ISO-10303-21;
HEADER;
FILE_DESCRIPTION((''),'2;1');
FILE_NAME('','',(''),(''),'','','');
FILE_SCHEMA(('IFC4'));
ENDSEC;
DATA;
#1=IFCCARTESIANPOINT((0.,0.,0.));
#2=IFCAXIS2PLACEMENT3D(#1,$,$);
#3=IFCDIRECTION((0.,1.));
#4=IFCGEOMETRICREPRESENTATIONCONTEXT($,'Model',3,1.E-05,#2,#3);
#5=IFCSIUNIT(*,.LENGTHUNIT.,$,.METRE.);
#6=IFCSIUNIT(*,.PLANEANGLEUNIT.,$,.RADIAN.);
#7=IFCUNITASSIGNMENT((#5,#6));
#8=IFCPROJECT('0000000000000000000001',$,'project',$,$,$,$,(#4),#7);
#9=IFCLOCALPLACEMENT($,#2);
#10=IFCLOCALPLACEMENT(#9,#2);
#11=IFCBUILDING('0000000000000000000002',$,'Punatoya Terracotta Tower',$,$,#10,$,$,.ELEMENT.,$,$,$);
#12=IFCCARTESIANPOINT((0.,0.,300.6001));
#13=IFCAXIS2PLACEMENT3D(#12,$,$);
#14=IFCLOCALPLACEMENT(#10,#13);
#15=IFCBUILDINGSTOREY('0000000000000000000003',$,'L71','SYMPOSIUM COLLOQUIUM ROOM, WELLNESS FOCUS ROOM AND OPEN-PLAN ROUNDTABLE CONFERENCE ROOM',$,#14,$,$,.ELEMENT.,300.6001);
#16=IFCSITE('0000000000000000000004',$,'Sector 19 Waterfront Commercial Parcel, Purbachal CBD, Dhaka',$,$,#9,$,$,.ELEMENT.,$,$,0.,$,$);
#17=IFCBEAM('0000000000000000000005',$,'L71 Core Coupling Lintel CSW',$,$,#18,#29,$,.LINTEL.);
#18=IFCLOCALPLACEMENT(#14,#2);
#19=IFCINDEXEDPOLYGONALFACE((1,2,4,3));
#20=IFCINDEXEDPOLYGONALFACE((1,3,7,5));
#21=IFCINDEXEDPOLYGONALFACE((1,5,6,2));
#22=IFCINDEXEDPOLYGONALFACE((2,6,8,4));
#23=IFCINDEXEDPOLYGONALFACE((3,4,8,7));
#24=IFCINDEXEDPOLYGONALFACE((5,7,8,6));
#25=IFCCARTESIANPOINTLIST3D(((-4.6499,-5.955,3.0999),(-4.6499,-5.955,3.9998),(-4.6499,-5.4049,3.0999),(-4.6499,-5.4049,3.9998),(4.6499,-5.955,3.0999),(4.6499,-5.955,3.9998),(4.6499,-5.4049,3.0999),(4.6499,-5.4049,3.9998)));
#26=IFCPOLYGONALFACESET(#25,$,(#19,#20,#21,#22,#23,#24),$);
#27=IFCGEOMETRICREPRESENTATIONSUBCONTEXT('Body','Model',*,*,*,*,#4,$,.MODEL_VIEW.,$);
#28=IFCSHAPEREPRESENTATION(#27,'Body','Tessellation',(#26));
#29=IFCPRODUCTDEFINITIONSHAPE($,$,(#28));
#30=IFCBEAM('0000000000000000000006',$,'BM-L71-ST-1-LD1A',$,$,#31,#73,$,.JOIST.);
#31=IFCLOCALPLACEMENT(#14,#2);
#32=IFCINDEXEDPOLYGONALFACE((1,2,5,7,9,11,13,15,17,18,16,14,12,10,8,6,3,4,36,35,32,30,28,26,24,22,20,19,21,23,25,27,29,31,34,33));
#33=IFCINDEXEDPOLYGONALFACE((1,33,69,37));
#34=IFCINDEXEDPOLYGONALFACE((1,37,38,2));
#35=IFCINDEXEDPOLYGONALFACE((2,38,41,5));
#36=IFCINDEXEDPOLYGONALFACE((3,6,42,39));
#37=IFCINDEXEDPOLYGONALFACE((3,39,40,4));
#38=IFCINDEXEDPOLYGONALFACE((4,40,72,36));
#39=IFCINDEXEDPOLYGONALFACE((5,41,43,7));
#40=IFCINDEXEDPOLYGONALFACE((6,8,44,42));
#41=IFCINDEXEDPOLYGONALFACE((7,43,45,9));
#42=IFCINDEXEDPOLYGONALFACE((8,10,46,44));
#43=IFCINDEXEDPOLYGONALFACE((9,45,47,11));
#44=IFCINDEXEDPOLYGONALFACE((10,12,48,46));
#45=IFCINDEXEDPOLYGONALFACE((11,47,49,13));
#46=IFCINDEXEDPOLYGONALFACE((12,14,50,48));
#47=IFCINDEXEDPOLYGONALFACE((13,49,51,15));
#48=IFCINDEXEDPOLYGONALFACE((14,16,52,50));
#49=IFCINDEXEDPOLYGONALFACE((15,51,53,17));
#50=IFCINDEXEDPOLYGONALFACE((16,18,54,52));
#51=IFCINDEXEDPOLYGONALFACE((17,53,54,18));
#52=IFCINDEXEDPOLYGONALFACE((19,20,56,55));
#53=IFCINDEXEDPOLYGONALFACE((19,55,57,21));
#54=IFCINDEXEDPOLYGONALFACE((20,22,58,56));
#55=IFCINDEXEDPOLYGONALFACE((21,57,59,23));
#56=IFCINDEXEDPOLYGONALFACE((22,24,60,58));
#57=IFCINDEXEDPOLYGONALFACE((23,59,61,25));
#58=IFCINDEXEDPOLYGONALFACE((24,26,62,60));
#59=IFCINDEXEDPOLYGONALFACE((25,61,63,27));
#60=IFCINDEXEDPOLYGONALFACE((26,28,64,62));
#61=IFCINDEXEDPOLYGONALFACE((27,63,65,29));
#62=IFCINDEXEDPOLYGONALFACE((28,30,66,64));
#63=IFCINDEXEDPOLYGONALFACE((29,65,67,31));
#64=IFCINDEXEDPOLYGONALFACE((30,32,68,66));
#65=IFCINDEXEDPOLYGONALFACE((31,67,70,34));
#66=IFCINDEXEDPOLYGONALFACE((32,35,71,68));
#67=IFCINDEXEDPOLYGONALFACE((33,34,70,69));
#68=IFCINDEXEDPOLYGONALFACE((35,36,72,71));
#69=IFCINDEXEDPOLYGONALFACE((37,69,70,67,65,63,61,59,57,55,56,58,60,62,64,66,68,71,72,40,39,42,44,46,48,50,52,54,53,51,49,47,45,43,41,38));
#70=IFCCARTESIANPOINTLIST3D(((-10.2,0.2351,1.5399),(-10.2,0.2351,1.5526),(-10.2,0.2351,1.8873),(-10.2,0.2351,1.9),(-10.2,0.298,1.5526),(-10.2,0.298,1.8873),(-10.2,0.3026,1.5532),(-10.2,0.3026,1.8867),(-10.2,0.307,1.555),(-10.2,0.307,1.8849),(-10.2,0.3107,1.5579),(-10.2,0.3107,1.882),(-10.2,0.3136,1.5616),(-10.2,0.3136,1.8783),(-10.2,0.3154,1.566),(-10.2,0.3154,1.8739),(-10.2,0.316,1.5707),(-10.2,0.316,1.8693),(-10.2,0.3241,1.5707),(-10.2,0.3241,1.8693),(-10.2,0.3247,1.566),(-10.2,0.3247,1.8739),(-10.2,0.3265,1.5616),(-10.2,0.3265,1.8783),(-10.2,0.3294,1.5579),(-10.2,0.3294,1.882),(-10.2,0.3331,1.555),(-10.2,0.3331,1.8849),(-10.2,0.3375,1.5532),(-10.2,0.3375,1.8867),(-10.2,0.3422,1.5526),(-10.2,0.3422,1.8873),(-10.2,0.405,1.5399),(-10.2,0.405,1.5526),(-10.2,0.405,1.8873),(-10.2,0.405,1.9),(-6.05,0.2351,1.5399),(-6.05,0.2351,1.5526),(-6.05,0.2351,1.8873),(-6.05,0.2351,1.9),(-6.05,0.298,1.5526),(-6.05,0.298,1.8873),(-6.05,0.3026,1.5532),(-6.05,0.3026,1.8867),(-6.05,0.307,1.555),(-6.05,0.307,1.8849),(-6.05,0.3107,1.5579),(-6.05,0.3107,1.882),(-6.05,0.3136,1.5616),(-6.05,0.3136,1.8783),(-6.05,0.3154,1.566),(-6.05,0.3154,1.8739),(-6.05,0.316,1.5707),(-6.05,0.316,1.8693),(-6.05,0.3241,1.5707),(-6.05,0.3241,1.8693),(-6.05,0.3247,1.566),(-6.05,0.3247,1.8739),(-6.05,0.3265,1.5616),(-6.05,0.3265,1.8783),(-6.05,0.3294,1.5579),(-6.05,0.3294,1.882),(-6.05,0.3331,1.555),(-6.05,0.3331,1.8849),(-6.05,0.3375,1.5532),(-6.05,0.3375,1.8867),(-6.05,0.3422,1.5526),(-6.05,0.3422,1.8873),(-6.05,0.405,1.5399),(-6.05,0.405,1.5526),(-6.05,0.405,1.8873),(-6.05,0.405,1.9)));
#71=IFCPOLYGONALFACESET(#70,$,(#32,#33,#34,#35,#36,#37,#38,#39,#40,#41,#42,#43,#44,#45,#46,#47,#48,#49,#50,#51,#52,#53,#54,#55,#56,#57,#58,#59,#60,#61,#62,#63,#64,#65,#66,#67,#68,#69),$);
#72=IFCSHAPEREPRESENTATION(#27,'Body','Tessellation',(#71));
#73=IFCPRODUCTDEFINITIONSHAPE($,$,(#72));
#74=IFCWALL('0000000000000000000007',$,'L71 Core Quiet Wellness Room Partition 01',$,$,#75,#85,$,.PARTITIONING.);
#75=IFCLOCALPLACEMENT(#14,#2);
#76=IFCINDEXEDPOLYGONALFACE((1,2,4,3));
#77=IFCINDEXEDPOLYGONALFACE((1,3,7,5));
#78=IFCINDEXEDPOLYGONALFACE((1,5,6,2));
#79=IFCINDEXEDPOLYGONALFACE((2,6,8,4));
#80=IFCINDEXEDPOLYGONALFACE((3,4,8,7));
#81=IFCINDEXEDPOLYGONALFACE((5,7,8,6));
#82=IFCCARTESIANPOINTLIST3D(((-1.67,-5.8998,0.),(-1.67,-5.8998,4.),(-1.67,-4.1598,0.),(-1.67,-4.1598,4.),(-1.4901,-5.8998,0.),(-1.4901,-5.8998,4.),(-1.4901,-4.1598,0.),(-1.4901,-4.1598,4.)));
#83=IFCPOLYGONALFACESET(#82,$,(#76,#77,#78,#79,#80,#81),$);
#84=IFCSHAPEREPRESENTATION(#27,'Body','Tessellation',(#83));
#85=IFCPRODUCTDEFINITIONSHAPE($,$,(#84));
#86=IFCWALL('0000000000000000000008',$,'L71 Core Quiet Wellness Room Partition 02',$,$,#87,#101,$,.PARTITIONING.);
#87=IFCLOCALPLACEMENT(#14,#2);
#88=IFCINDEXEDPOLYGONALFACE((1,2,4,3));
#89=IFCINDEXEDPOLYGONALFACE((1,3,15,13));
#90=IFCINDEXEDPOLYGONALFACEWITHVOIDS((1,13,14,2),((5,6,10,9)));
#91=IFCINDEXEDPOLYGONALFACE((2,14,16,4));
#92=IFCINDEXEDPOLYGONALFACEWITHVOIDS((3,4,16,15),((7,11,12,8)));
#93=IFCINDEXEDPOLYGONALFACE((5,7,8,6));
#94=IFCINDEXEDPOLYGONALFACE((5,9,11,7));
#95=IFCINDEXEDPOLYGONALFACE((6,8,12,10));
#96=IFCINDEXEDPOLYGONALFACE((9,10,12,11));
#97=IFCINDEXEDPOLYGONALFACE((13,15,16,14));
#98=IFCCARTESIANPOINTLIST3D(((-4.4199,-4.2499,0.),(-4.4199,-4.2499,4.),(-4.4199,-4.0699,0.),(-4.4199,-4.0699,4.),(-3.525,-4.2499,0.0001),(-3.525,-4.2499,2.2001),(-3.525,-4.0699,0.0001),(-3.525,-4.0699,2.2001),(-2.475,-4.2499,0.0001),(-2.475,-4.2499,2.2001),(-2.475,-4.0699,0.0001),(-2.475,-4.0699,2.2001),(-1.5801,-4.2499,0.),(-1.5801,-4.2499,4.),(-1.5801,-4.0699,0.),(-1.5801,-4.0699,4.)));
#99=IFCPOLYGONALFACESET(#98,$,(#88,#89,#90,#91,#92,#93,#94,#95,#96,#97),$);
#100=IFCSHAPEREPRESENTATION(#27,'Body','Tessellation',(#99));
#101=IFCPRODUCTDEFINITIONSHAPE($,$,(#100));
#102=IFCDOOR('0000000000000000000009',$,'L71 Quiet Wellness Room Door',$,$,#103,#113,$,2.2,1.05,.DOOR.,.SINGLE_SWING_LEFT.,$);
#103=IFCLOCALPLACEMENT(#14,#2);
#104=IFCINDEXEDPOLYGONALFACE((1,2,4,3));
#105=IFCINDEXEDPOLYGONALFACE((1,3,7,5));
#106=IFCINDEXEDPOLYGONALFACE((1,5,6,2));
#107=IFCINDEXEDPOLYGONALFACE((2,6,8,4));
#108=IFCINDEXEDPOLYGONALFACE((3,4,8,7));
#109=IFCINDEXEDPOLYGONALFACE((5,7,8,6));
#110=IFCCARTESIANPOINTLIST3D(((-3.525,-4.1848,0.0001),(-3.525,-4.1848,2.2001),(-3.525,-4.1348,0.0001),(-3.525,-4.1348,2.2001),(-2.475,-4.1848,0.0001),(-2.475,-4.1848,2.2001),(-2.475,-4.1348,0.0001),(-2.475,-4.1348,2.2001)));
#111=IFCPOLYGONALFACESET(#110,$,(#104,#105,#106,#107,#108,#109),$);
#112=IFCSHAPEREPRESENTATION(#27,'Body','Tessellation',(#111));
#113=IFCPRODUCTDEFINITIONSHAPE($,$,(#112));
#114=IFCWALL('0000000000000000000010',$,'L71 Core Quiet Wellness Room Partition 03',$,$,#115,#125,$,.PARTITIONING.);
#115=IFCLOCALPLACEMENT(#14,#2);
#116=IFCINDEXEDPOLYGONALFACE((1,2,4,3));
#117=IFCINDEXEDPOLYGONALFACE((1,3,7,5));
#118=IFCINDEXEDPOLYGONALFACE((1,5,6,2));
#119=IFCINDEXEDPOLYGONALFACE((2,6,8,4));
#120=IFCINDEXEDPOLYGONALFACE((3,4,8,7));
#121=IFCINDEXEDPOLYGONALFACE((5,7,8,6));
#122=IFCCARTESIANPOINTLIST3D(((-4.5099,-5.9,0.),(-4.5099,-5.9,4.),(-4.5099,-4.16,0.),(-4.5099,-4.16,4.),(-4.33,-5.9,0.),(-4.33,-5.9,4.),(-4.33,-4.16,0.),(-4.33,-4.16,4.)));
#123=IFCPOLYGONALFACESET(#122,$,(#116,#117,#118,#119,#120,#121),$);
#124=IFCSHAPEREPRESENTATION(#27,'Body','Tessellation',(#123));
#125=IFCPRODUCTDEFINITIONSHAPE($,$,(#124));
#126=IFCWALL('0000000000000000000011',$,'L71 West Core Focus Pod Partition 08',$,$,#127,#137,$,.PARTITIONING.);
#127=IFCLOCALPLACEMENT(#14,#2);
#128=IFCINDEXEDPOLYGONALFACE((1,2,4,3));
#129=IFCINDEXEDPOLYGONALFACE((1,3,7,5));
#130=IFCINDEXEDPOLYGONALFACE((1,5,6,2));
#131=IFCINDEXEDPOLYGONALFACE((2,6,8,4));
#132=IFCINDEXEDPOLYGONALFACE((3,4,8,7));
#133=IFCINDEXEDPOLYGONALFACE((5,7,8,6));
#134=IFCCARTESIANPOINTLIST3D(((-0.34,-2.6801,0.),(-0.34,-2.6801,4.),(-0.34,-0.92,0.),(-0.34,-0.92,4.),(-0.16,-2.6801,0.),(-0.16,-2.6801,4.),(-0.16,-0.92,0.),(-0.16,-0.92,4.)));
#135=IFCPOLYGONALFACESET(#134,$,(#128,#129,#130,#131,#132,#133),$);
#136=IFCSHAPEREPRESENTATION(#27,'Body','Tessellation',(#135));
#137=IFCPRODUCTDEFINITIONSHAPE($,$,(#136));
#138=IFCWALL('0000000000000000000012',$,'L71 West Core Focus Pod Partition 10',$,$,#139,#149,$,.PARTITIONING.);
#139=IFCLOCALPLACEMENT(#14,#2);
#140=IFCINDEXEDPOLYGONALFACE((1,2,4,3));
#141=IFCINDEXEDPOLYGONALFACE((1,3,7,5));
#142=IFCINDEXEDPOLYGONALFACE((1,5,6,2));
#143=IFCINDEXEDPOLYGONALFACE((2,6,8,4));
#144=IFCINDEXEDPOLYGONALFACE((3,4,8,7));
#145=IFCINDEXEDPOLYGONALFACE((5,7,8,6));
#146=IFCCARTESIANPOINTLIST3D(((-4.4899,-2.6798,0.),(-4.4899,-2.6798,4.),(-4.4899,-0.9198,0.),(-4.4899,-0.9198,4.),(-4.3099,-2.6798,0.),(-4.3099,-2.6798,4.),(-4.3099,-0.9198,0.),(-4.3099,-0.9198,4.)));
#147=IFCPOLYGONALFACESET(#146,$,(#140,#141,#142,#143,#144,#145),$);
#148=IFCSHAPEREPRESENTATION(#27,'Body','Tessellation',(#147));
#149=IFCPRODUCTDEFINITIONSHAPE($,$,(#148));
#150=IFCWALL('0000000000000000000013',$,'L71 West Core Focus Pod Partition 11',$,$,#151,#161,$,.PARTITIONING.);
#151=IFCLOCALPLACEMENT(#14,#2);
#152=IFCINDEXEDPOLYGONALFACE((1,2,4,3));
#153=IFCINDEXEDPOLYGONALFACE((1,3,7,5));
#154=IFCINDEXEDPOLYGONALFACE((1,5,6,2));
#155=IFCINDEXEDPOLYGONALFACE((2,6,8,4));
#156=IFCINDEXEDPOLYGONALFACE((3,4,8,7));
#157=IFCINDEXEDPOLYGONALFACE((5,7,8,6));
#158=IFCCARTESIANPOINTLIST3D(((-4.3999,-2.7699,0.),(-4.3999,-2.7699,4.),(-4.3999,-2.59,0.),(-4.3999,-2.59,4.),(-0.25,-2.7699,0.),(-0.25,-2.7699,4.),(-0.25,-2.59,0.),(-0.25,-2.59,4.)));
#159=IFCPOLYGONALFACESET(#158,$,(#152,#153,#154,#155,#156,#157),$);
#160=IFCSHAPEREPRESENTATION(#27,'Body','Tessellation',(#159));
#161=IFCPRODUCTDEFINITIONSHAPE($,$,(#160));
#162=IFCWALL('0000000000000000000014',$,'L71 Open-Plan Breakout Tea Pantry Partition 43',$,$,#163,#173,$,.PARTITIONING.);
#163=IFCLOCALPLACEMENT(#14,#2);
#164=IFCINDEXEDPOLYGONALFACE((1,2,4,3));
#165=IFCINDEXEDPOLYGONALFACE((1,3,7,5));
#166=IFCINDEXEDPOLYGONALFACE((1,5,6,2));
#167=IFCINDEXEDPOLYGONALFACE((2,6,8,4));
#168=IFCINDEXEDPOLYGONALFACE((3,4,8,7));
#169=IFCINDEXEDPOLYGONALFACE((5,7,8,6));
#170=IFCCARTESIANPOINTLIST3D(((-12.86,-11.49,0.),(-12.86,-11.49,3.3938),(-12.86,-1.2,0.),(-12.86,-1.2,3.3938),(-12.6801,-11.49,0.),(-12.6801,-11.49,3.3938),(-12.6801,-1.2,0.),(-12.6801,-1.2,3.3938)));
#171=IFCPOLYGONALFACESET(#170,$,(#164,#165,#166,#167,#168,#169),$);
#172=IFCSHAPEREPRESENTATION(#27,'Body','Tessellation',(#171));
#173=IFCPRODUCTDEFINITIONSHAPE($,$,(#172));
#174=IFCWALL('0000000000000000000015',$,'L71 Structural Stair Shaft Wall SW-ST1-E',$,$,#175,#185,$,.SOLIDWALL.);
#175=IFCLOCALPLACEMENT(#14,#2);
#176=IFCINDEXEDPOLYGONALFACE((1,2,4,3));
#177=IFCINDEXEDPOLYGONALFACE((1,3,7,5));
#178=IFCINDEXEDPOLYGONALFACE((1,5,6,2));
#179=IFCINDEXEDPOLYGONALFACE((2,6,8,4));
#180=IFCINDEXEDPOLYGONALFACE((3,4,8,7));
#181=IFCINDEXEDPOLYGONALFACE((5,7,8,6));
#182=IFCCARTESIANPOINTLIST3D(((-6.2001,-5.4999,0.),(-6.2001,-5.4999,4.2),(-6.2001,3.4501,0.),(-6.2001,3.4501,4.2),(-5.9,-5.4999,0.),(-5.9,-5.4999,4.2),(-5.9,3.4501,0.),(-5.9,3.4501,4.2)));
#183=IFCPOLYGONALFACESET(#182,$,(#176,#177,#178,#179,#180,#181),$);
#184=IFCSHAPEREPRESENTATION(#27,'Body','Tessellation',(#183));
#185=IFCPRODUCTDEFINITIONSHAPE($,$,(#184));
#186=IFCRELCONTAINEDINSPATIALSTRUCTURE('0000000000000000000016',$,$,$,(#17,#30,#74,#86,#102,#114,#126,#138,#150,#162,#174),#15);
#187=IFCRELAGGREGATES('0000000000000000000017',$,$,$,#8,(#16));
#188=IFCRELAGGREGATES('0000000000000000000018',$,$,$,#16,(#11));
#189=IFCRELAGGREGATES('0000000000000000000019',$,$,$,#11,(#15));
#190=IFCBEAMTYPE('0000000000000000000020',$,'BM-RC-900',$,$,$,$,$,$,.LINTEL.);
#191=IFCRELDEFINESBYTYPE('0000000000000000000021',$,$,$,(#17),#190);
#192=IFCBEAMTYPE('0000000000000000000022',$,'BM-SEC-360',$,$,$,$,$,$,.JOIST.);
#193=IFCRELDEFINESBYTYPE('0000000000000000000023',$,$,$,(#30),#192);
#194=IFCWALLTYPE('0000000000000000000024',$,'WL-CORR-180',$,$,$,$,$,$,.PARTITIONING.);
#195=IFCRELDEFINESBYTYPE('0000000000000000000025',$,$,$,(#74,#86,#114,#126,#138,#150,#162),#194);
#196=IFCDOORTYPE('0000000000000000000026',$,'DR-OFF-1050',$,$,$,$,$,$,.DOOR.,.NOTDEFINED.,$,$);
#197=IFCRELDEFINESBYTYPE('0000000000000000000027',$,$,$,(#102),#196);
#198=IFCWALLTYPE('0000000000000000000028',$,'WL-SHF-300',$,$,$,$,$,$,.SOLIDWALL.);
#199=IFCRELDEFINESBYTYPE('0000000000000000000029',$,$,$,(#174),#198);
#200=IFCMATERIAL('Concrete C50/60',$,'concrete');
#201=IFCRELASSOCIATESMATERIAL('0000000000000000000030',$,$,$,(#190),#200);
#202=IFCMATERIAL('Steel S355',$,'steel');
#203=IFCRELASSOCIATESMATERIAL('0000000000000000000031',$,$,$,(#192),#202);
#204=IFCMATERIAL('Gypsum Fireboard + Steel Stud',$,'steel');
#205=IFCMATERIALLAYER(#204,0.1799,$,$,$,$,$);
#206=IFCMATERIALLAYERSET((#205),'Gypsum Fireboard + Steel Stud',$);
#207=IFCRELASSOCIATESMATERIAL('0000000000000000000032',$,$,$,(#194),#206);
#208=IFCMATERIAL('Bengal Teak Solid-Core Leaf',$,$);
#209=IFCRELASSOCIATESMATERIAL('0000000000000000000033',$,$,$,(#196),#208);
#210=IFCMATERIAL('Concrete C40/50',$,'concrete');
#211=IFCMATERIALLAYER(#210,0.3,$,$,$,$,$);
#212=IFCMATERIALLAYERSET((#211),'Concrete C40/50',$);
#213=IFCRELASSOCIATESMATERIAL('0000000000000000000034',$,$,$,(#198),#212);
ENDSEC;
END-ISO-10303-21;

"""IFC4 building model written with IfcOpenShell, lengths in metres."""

from ifc_helpers import new_model, si_unit, direction, frame, frame_2d, origin, origin_2d, place, context, subcontext, project, spatial, rectangle, i_section, extrude, material, layer, layer_set, material_profile, profile_set, type_object, element, fill, save


model = new_model("IFC4")

# Units and contexts
model_context = context("Model", 3, precision=1e-05, world=origin(), true_north=direction((0.0, 1.0)))
body_context = subcontext(model_context, "Body", "Model", "MODEL_VIEW")
ifc_project = project(units=[si_unit("LENGTHUNIT", "METRE"), si_unit("PLANEANGLEUNIT", "RADIAN")], contexts=[model_context])

# Site, building, storey
site_placement = place(None, origin())
site = spatial("IfcSite", under=ifc_project, at=site_placement, Name="Sector 19 Waterfront Commercial Parcel, Purbachal CBD, Dhaka", CompositionType="ELEMENT", RefElevation=0.0)
building_placement = place(site_placement, origin())
building = spatial("IfcBuilding", under=site, at=building_placement, Name="Punatoya Terracotta Tower", CompositionType="ELEMENT")
storey_placement = place(building_placement, frame((0.0, 0.0, 300.6001)))
storey = spatial("IfcBuildingStorey", under=building, at=storey_placement, Name="L71", Description="SYMPOSIUM COLLOQUIUM ROOM, WELLNESS FOCUS ROOM AND OPEN-PLAN ROUNDTABLE CONFERENCE ROOM", CompositionType="ELEMENT", Elevation=300.6001)

# Beams
ifc_material_1 = material(Name="Concrete C50/60", Category="concrete")
ifc_material_profile_1 = material_profile(ifc_material_1, rectangle(XDim=0.55, YDim=0.8999, at=origin_2d()))
ifc_profile_set_1 = profile_set([ifc_material_profile_1], Name="Concrete C50/60")
beam_type_1 = type_object("IfcBeamType", Name="BM-RC-900", PredefinedType="LINTEL", material=ifc_profile_set_1)
beam_1_placement = place(storey_placement, frame((-4.6499, -5.6799, 3.5498), z_axis=(1.0, 0.0, 0.0), x_axis=(0.0, 1.0, 0.0)))
element("IfcBeam", 1, at=beam_1_placement, inside=storey, type_object=beam_type_1, Name="L71 Core Coupling Lintel CSW", PredefinedType="LINTEL", context=body_context, shape_type="SweptSolid", body=[
    extrude(rectangle(XDim=0.55, YDim=0.8999, at=origin_2d()), origin(), (0.0, 0.0, 1.0), 9.2998),
])
ifc_material_2 = material(Name="Steel S355", Category="steel")
ifc_material_profile_2 = material_profile(ifc_material_2, i_section(OverallWidth=0.1699, OverallDepth=0.3601, WebThickness=0.0081, FlangeThickness=0.0127, FilletRadius=0.0181, at=origin_2d()))
ifc_profile_set_2 = profile_set([ifc_material_profile_2], Name="Steel S355")
beam_type_2 = type_object("IfcBeamType", Name="BM-SEC-360", PredefinedType="JOIST", material=ifc_profile_set_2)
beam_2_placement = place(storey_placement, frame((-10.2, 0.3201, 1.72), z_axis=(1.0, 0.0, 0.0), x_axis=(0.0, 1.0, 0.0)))
element("IfcBeam", 2, at=beam_2_placement, inside=storey, type_object=beam_type_2, Name="BM-L71-ST-1-LD1A", PredefinedType="JOIST", context=body_context, shape_type="SweptSolid", body=[
    extrude(i_section(OverallWidth=0.1699, OverallDepth=0.3601, WebThickness=0.0081, FlangeThickness=0.0127, FilletRadius=0.0181, at=origin_2d()), origin(), (0.0, 0.0, 1.0), 4.1499),
])

# Wall
ifc_material_3 = material(Name="Gypsum Fireboard + Steel Stud", Category="steel")
ifc_layer_1 = layer(ifc_material_3, 0.1799)
ifc_layer_set_1 = layer_set([ifc_layer_1], Name="Gypsum Fireboard + Steel Stud")
wall_type_1 = type_object("IfcWallType", Name="WL-CORR-180", PredefinedType="PARTITIONING", material=ifc_layer_set_1)
wall_1_placement = place(storey_placement, frame((-1.5801, -5.8999, 0.0), z_axis=(0.0, 0.0, 1.0), x_axis=(0.0, 1.0, 0.0)))
element("IfcWall", 3, at=wall_1_placement, inside=storey, type_object=wall_type_1, Name="L71 Core Quiet Wellness Room Partition 01", PredefinedType="PARTITIONING", context=body_context, shape_type="SweptSolid", body=[
    extrude(rectangle(XDim=1.74, YDim=0.1799, at=frame_2d((0.8701, 0.0))), origin(), (0.0, 0.0, 1.0), 4.0),
])

# Wall, opening, door
wall_2_placement = place(storey_placement, frame((-1.5801, -4.1599, 0.0), z_axis=(0.0, 0.0, 1.0), x_axis=(-1.0, 0.0, 0.0)))
wall_2 = element("IfcWall", 4, at=wall_2_placement, inside=storey, type_object=wall_type_1, Name="L71 Core Quiet Wellness Room Partition 02", PredefinedType="PARTITIONING", context=body_context, shape_type="SweptSolid", body=[
    extrude(rectangle(XDim=2.8398, YDim=0.1799, at=frame_2d((1.4199, 0.0))), origin(), (0.0, 0.0, 1.0), 4.0),
])
opening_1_placement = place(wall_2_placement, frame((0.895, 0.0, 0.0)))
opening_1 = element("IfcOpeningElement", 5, at=opening_1_placement, cuts=wall_2, PredefinedType="OPENING", context=body_context, shape_type="SweptSolid", body=[
    extrude(rectangle(XDim=1.05, YDim=2.2, at=frame_2d((0.5249, 1.1001))), frame((0.0, 0.0999, 0.0), z_axis=(0.0, -1.0, 0.0), x_axis=(1.0, 0.0, 0.0)), (0.0, 0.0, 1.0), 0.2),
])
ifc_material_4 = material(Name="Bengal Teak Solid-Core Leaf")
door_type_1 = type_object("IfcDoorType", Name="DR-OFF-1050", OperationType="NOTDEFINED", PredefinedType="DOOR", material=ifc_material_4)
door_1_placement = place(opening_1_placement, origin())
door_1 = element("IfcDoor", 6, at=door_1_placement, inside=storey, type_object=door_type_1, Name="L71 Quiet Wellness Room Door", OperationType="SINGLE_SWING_LEFT", OverallHeight=2.2, OverallWidth=1.05, PredefinedType="DOOR", context=body_context, shape_type="SweptSolid", body=[
    extrude(rectangle(XDim=1.05, YDim=2.2, at=frame_2d((0.5249, 1.1001))), frame((0.0, 0.0249, 0.0), z_axis=(0.0, -1.0, 0.0), x_axis=(1.0, 0.0, 0.0)), (0.0, 0.0, 1.0), 0.05),
])
fill(opening_1, door_1)

# Walls
wall_3_placement = place(storey_placement, frame((-4.4199, -4.1599, 0.0), z_axis=(0.0, 0.0, 1.0), x_axis=(0.0, -1.0, 0.0)))
element("IfcWall", 7, at=wall_3_placement, inside=storey, type_object=wall_type_1, Name="L71 Core Quiet Wellness Room Partition 03", PredefinedType="PARTITIONING", context=body_context, shape_type="SweptSolid", body=[
    extrude(rectangle(XDim=1.74, YDim=0.1799, at=frame_2d((0.8701, 0.0))), origin(), (0.0, 0.0, 1.0), 4.0),
])
for number, where, z_axis, x_axis, name in (
    (8, (-0.25, -2.6799, 0.0), (0.0, 0.0, 1.0), (0.0, 1.0, 0.0), "L71 West Core Focus Pod Partition 08"),
    (9, (-4.3999, -0.9199, 0.0), (0.0, 0.0, 1.0), (0.0, -1.0, 0.0), "L71 West Core Focus Pod Partition 10"),
):
    element("IfcWall", number, at=place(storey_placement, frame(where, z_axis=z_axis, x_axis=x_axis)), inside=storey, type_object=wall_type_1, Name=name, PredefinedType="PARTITIONING", context=body_context, shape_type="SweptSolid", body=[
        extrude(rectangle(XDim=1.76, YDim=0.1799, at=frame_2d((0.8799, 0.0))), origin(), (0.0, 0.0, 1.0), 4.0),
    ])
wall_4_placement = place(storey_placement, frame((-4.3999, -2.6799, 0.0), z_axis=(0.0, 0.0, 1.0), x_axis=(1.0, 0.0, 0.0)))
element("IfcWall", 10, at=wall_4_placement, inside=storey, type_object=wall_type_1, Name="L71 West Core Focus Pod Partition 11", PredefinedType="PARTITIONING", context=body_context, shape_type="SweptSolid", body=[
    extrude(rectangle(XDim=4.1499, YDim=0.1799, at=frame_2d((2.075, 0.0))), origin(), (0.0, 0.0, 1.0), 4.0),
])
wall_5_placement = place(storey_placement, frame((-12.77, -1.2, 0.0), z_axis=(0.0, 0.0, 1.0), x_axis=(0.0, -1.0, 0.0)))
element("IfcWall", 11, at=wall_5_placement, inside=storey, type_object=wall_type_1, Name="L71 Open-Plan Breakout Tea Pantry Partition 43", PredefinedType="PARTITIONING", context=body_context, shape_type="SweptSolid", body=[
    extrude(rectangle(XDim=10.29, YDim=0.1799, at=frame_2d((5.145, 0.0))), origin(), (0.0, 0.0, 1.0), 3.3938),
])
ifc_material_5 = material(Name="Concrete C40/50", Category="concrete")
ifc_layer_2 = layer(ifc_material_5, 0.3)
ifc_layer_set_2 = layer_set([ifc_layer_2], Name="Concrete C40/50")
wall_type_2 = type_object("IfcWallType", Name="WL-SHF-300", PredefinedType="SOLIDWALL", material=ifc_layer_set_2)
wall_6_placement = place(storey_placement, frame((-6.05, -5.5, 0.0), z_axis=(0.0, 0.0, 1.0), x_axis=(0.0, 1.0, 0.0)))
element("IfcWall", 12, at=wall_6_placement, inside=storey, type_object=wall_type_2, Name="L71 Structural Stair Shaft Wall SW-ST1-E", PredefinedType="SOLIDWALL", context=body_context, shape_type="SweptSolid", body=[
    extrude(rectangle(XDim=8.95, YDim=0.3, at=frame_2d((4.4751, 0.0))), origin(), (0.0, 0.0, 1.0), 4.2),
])

save(model, "model.ifc")
